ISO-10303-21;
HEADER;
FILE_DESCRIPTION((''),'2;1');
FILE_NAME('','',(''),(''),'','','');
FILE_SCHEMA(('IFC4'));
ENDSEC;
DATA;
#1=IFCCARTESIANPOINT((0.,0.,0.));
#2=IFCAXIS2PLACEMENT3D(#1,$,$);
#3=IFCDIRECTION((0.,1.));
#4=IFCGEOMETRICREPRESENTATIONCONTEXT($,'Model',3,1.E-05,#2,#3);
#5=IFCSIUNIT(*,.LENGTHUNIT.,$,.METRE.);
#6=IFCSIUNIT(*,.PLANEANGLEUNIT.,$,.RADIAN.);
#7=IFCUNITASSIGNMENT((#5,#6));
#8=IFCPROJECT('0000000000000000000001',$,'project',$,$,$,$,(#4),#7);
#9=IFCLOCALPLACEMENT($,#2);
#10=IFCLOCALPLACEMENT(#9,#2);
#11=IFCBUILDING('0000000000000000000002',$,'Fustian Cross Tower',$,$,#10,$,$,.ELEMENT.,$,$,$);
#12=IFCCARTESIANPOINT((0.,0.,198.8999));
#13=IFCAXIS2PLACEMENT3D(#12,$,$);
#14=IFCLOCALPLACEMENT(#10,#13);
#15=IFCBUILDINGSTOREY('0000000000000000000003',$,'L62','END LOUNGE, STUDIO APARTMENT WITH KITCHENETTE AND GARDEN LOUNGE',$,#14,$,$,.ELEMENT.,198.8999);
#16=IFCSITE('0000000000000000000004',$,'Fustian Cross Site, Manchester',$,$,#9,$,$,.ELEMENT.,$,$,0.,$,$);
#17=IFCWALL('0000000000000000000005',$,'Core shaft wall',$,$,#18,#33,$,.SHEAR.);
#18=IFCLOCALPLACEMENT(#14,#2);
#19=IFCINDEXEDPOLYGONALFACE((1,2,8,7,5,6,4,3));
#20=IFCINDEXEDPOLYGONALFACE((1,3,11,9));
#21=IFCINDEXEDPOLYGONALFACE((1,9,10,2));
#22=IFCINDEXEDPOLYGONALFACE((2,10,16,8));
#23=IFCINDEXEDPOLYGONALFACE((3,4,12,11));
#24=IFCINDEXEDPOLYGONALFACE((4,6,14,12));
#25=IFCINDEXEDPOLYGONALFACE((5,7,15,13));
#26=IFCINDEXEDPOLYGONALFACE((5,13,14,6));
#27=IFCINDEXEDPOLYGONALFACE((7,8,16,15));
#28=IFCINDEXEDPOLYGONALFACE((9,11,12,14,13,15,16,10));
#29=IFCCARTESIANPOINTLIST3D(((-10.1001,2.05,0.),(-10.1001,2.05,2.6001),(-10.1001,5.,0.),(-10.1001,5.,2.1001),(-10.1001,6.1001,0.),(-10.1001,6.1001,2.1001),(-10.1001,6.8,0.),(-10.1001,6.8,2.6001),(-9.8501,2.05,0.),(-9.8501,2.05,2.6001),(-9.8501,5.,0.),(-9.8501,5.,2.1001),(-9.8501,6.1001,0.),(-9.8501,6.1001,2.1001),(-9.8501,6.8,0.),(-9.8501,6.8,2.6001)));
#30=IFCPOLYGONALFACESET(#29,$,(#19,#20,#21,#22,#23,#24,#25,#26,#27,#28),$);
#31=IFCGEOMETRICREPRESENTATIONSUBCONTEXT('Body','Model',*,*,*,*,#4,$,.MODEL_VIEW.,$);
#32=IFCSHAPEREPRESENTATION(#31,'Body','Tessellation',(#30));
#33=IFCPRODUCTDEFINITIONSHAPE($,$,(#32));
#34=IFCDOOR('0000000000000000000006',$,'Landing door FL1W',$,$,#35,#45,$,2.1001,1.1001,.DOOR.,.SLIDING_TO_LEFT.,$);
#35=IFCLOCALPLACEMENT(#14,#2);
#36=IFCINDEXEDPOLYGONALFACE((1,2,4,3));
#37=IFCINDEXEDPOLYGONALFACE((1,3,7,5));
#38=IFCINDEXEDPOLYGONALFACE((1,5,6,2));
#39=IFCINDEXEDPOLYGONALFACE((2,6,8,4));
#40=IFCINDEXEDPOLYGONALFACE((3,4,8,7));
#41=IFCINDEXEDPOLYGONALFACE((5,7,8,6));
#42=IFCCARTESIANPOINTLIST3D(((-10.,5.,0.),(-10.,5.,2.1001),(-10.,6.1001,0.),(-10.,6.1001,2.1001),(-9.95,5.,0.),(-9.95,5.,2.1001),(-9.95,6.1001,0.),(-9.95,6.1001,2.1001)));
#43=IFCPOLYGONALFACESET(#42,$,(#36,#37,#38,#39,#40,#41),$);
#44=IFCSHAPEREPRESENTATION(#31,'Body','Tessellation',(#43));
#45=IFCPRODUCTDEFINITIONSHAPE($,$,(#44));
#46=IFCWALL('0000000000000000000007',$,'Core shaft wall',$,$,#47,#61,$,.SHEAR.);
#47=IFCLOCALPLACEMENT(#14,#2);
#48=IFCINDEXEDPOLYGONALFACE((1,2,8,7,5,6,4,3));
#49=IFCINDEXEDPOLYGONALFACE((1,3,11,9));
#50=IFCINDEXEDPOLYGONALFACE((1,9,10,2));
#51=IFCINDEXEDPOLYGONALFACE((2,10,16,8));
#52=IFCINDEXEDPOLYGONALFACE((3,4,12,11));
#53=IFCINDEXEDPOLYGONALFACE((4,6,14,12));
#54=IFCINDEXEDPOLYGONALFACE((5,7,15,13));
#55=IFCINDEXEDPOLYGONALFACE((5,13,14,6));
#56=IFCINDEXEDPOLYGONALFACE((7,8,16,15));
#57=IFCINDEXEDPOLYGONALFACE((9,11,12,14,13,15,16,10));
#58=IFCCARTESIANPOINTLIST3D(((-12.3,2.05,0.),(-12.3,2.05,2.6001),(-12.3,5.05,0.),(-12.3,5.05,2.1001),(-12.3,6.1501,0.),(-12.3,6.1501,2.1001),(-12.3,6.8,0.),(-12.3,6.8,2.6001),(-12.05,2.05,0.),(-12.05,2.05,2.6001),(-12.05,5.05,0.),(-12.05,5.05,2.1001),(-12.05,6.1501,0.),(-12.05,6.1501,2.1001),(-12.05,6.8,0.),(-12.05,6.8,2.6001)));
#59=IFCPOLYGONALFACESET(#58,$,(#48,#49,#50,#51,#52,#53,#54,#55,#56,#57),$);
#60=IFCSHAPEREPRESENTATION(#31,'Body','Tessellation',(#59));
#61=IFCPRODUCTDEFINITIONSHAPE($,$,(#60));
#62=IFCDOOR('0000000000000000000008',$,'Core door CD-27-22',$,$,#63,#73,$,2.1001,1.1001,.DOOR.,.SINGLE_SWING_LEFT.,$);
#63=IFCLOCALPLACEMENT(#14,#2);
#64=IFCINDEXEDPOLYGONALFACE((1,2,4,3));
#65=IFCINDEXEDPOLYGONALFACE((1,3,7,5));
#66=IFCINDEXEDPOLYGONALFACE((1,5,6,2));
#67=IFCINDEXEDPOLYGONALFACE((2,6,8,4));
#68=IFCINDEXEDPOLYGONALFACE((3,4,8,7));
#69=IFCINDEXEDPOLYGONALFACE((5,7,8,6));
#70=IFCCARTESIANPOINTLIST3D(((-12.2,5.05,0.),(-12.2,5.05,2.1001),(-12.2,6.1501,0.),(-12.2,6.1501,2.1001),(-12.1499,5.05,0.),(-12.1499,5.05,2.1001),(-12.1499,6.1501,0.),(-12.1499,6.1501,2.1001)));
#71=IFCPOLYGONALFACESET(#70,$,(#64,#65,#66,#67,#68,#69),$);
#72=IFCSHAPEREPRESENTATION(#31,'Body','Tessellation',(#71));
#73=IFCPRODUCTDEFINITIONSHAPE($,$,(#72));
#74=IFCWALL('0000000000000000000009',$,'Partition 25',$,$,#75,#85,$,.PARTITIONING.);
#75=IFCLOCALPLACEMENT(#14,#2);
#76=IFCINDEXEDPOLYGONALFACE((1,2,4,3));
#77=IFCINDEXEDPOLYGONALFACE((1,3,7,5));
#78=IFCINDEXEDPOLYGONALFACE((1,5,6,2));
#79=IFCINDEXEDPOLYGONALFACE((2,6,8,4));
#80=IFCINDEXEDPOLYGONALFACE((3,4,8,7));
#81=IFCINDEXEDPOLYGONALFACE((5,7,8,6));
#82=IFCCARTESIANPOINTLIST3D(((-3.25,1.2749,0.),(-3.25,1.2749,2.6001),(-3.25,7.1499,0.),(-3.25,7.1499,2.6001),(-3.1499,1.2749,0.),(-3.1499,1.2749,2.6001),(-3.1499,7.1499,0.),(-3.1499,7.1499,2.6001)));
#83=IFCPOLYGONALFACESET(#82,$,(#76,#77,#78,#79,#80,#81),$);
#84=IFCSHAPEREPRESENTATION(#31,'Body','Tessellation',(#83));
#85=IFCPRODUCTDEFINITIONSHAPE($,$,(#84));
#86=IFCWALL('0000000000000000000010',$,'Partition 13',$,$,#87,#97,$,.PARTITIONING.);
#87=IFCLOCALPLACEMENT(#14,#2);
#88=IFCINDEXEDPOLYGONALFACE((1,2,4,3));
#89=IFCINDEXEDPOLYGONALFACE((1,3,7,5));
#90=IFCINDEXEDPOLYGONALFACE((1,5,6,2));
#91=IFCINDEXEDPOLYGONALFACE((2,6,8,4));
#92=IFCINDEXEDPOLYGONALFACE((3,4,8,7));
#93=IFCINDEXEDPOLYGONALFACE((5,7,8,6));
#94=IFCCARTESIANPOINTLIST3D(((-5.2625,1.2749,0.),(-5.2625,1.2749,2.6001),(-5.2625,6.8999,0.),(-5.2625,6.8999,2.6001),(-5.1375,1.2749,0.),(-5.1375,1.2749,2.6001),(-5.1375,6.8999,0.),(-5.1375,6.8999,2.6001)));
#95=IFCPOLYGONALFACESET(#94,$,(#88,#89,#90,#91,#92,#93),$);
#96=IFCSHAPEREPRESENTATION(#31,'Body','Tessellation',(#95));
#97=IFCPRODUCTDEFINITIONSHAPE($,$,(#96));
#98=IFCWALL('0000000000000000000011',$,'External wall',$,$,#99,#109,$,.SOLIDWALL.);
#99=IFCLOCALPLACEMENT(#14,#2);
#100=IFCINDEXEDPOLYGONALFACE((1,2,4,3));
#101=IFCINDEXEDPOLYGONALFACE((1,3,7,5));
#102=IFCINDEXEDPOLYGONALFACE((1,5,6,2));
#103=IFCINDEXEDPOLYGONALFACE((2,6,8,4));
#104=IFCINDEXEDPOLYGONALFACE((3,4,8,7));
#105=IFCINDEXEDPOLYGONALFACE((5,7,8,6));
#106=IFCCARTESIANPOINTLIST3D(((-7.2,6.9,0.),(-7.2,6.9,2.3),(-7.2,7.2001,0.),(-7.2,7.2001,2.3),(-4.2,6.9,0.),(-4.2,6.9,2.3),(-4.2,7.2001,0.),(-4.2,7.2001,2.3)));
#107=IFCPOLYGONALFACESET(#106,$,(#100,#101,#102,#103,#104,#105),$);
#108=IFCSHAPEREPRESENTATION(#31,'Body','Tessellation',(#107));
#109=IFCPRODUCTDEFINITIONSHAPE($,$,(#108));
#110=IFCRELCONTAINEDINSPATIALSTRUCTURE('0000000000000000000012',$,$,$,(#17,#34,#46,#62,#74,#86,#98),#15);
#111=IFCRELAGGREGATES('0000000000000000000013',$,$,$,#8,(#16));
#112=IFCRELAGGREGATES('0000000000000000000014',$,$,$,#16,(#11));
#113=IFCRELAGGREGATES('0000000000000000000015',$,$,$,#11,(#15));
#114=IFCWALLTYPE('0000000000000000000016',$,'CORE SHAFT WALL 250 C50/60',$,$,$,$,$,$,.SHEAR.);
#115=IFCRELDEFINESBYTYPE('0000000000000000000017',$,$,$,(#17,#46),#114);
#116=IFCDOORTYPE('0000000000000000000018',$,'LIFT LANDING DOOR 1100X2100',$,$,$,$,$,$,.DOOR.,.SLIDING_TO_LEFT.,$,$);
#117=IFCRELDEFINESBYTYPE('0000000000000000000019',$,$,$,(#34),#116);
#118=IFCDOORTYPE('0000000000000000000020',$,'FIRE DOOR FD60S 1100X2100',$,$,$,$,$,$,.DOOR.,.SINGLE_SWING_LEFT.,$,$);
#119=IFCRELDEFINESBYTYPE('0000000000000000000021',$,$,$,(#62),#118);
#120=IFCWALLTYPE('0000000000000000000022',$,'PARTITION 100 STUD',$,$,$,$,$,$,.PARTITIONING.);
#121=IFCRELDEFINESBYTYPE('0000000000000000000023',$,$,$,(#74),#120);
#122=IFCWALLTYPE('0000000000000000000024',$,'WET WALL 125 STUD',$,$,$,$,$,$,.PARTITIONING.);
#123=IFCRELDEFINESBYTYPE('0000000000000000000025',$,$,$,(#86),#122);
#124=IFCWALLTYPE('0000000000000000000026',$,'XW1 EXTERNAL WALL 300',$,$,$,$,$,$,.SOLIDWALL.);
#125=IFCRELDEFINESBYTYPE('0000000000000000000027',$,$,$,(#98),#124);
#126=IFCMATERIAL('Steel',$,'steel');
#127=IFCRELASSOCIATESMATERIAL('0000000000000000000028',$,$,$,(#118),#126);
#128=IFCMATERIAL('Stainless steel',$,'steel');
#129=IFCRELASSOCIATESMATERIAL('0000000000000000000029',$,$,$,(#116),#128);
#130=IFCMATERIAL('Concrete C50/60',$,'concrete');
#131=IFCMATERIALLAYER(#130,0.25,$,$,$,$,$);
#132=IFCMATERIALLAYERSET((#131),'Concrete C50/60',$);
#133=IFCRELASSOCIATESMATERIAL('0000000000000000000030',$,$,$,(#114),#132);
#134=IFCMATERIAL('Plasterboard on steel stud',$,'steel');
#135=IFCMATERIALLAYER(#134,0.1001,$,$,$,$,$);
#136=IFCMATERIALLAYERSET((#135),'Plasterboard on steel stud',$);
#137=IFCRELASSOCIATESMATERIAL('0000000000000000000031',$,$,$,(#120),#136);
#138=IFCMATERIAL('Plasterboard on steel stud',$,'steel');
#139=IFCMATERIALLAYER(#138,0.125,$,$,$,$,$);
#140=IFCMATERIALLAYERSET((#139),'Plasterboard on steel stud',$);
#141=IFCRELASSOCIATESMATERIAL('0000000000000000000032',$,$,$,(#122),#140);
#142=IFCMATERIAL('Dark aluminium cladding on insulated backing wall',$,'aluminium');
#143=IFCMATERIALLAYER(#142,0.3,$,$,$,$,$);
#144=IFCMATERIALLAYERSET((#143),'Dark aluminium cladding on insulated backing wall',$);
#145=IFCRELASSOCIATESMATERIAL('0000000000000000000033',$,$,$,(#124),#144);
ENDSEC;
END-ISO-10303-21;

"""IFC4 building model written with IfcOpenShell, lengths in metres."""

from ifc_helpers import new_model, si_unit, direction, frame, frame_2d, origin, place, context, subcontext, project, spatial, rectangle, extrude, material, layer, layer_set, type_object, element, fill, save


model = new_model("IFC4")

# Units and contexts
model_context = context("Model", 3, precision=1e-05, world=origin(), true_north=direction((0.0, 1.0)))
body_context = subcontext(model_context, "Body", "Model", "MODEL_VIEW")
ifc_project = project(units=[si_unit("LENGTHUNIT", "METRE"), si_unit("PLANEANGLEUNIT", "RADIAN")], contexts=[model_context])

# Site, building, storey
site_placement = place(None, origin())
site = spatial("IfcSite", under=ifc_project, at=site_placement, Name="Fustian Cross Site, Manchester", CompositionType="ELEMENT", RefElevation=0.0)
building_placement = place(site_placement, origin())
building = spatial("IfcBuilding", under=site, at=building_placement, Name="Fustian Cross Tower", CompositionType="ELEMENT")
storey_placement = place(building_placement, frame((0.0, 0.0, 198.8999)))
storey = spatial("IfcBuildingStorey", under=building, at=storey_placement, Name="L62", Description="END LOUNGE, STUDIO APARTMENT WITH KITCHENETTE AND GARDEN LOUNGE", CompositionType="ELEMENT", Elevation=198.8999)

# Shared definitions
ifc_material_1 = material(Name="Steel", Category="steel")
door_type_1 = type_object("IfcDoorType", Name="FIRE DOOR FD60S 1100X2100", OperationType="SINGLE_SWING_LEFT", PredefinedType="DOOR", material=ifc_material_1)
ifc_material_2 = material(Name="Stainless steel", Category="steel")
door_type_2 = type_object("IfcDoorType", Name="LIFT LANDING DOOR 1100X2100", OperationType="SLIDING_TO_LEFT", PredefinedType="DOOR", material=ifc_material_2)

# Shared definitions
ifc_material_3 = material(Name="Concrete C50/60", Category="concrete")
ifc_layer_1 = layer(ifc_material_3, 0.25)
ifc_layer_set_1 = layer_set([ifc_layer_1], Name="Concrete C50/60")
wall_type_1 = type_object("IfcWallType", Name="CORE SHAFT WALL 250 C50/60", PredefinedType="SHEAR", material=ifc_layer_set_1)

# Walls, openings, doors
wall_1_placement = place(storey_placement, frame((-9.9751, 2.05, 0.0), z_axis=(0.0, 0.0, 1.0), x_axis=(0.0, 1.0, 0.0)))
wall_1 = element("IfcWall", 1, at=wall_1_placement, inside=storey, type_object=wall_type_1, Name="Core shaft wall", PredefinedType="SHEAR", context=body_context, shape_type="SweptSolid", body=[
    extrude(rectangle(XDim=4.75, YDim=0.25, at=frame_2d((2.375, 0.0))), origin(), (0.0, 0.0, 1.0), 2.6001),
])
opening_1_placement = place(wall_1_placement, frame((2.95, 0.0, 0.0)))
opening_1 = element("IfcOpeningElement", 2, at=opening_1_placement, cuts=wall_1, PredefinedType="OPENING", context=body_context, shape_type="SweptSolid", body=[
    extrude(rectangle(XDim=1.1001, YDim=2.1001, at=frame_2d((0.55, 1.05))), frame((0.0, 0.135, 0.0), z_axis=(0.0, -1.0, 0.0), x_axis=(1.0, 0.0, 0.0)), (0.0, 0.0, 1.0), 0.27),
])
door_1_placement = place(opening_1_placement, origin())
door_1 = element("IfcDoor", 3, at=door_1_placement, inside=storey, type_object=door_type_2, Name="Landing door FL1W", OperationType="SLIDING_TO_LEFT", OverallHeight=2.1001, OverallWidth=1.1001, PredefinedType="DOOR", context=body_context, shape_type="SweptSolid", body=[
    extrude(rectangle(XDim=1.1001, YDim=2.1001, at=frame_2d((0.55, 1.05))), frame((0.0, 0.0249, 0.0), z_axis=(0.0, -1.0, 0.0), x_axis=(1.0, 0.0, 0.0)), (0.0, 0.0, 1.0), 0.05),
])
fill(opening_1, door_1)
wall_2_placement = place(storey_placement, frame((-12.175, 2.05, 0.0), z_axis=(0.0, 0.0, 1.0), x_axis=(0.0, 1.0, 0.0)))
wall_2 = element("IfcWall", 4, at=wall_2_placement, inside=storey, type_object=wall_type_1, Name="Core shaft wall", PredefinedType="SHEAR", context=body_context, shape_type="SweptSolid", body=[
    extrude(rectangle(XDim=4.75, YDim=0.25, at=frame_2d((2.375, 0.0))), origin(), (0.0, 0.0, 1.0), 2.6001),
])
opening_2_placement = place(wall_2_placement, frame((3.0, 0.0, 0.0)))
opening_2 = element("IfcOpeningElement", 5, at=opening_2_placement, cuts=wall_2, PredefinedType="OPENING", context=body_context, shape_type="SweptSolid", body=[
    extrude(rectangle(XDim=1.1001, YDim=2.1001, at=frame_2d((0.55, 1.05))), frame((0.0, 0.135, 0.0), z_axis=(0.0, -1.0, 0.0), x_axis=(1.0, 0.0, 0.0)), (0.0, 0.0, 1.0), 0.27),
])
door_2_placement = place(opening_2_placement, origin())
door_2 = element("IfcDoor", 6, at=door_2_placement, inside=storey, type_object=door_type_1, Name="Core door CD-27-22", OperationType="SINGLE_SWING_LEFT", OverallHeight=2.1001, OverallWidth=1.1001, PredefinedType="DOOR", context=body_context, shape_type="SweptSolid", body=[
    extrude(rectangle(XDim=1.1001, YDim=2.1001, at=frame_2d((0.55, 1.05))), frame((0.0, 0.0249, 0.0), z_axis=(0.0, -1.0, 0.0), x_axis=(1.0, 0.0, 0.0)), (0.0, 0.0, 1.0), 0.05),
])
fill(opening_2, door_2)

# Walls
ifc_material_4 = material(Name="Plasterboard on steel stud", Category="steel")
ifc_layer_2 = layer(ifc_material_4, 0.1001)
ifc_layer_set_2 = layer_set([ifc_layer_2], Name="Plasterboard on steel stud")
wall_type_2 = type_object("IfcWallType", Name="PARTITION 100 STUD", PredefinedType="PARTITIONING", material=ifc_layer_set_2)
wall_3_placement = place(storey_placement, frame((-3.2, 1.2749, 0.0), z_axis=(0.0, 0.0, 1.0), x_axis=(0.0, 1.0, 0.0)))
element("IfcWall", 7, at=wall_3_placement, inside=storey, type_object=wall_type_2, Name="Partition 25", PredefinedType="PARTITIONING", context=body_context, shape_type="SweptSolid", body=[
    extrude(rectangle(XDim=5.875, YDim=0.1001, at=frame_2d((2.9375, 0.0))), origin(), (0.0, 0.0, 1.0), 2.6001),
])
ifc_material_5 = material(Name="Plasterboard on steel stud", Category="steel")
ifc_layer_3 = layer(ifc_material_5, 0.125)
ifc_layer_set_3 = layer_set([ifc_layer_3], Name="Plasterboard on steel stud")
wall_type_3 = type_object("IfcWallType", Name="WET WALL 125 STUD", PredefinedType="PARTITIONING", material=ifc_layer_set_3)
wall_4_placement = place(storey_placement, frame((-5.2, 1.2749, 0.0), z_axis=(0.0, 0.0, 1.0), x_axis=(0.0, 1.0, 0.0)))
element("IfcWall", 8, at=wall_4_placement, inside=storey, type_object=wall_type_3, Name="Partition 13", PredefinedType="PARTITIONING", context=body_context, shape_type="SweptSolid", body=[
    extrude(rectangle(XDim=5.625, YDim=0.125, at=frame_2d((2.8125, 0.0))), origin(), (0.0, 0.0, 1.0), 2.6001),
])
ifc_material_6 = material(Name="Dark aluminium cladding on insulated backing wall", Category="aluminium")
ifc_layer_4 = layer(ifc_material_6, 0.3)
ifc_layer_set_4 = layer_set([ifc_layer_4], Name="Dark aluminium cladding on insulated backing wall")
wall_type_4 = type_object("IfcWallType", Name="XW1 EXTERNAL WALL 300", PredefinedType="SOLIDWALL", material=ifc_layer_set_4)
wall_5_placement = place(storey_placement, frame((-4.2, 7.05, 0.0), z_axis=(0.0, 0.0, 1.0), x_axis=(-1.0, 0.0, 0.0)))
element("IfcWall", 9, at=wall_5_placement, inside=storey, type_object=wall_type_4, Name="External wall", PredefinedType="SOLIDWALL", context=body_context, shape_type="SweptSolid", body=[
    extrude(rectangle(XDim=3.0, YDim=0.3, at=frame_2d((1.5, 0.0))), origin(), (0.0, 0.0, 1.0), 2.3),
])

save(model, "model.ifc")
